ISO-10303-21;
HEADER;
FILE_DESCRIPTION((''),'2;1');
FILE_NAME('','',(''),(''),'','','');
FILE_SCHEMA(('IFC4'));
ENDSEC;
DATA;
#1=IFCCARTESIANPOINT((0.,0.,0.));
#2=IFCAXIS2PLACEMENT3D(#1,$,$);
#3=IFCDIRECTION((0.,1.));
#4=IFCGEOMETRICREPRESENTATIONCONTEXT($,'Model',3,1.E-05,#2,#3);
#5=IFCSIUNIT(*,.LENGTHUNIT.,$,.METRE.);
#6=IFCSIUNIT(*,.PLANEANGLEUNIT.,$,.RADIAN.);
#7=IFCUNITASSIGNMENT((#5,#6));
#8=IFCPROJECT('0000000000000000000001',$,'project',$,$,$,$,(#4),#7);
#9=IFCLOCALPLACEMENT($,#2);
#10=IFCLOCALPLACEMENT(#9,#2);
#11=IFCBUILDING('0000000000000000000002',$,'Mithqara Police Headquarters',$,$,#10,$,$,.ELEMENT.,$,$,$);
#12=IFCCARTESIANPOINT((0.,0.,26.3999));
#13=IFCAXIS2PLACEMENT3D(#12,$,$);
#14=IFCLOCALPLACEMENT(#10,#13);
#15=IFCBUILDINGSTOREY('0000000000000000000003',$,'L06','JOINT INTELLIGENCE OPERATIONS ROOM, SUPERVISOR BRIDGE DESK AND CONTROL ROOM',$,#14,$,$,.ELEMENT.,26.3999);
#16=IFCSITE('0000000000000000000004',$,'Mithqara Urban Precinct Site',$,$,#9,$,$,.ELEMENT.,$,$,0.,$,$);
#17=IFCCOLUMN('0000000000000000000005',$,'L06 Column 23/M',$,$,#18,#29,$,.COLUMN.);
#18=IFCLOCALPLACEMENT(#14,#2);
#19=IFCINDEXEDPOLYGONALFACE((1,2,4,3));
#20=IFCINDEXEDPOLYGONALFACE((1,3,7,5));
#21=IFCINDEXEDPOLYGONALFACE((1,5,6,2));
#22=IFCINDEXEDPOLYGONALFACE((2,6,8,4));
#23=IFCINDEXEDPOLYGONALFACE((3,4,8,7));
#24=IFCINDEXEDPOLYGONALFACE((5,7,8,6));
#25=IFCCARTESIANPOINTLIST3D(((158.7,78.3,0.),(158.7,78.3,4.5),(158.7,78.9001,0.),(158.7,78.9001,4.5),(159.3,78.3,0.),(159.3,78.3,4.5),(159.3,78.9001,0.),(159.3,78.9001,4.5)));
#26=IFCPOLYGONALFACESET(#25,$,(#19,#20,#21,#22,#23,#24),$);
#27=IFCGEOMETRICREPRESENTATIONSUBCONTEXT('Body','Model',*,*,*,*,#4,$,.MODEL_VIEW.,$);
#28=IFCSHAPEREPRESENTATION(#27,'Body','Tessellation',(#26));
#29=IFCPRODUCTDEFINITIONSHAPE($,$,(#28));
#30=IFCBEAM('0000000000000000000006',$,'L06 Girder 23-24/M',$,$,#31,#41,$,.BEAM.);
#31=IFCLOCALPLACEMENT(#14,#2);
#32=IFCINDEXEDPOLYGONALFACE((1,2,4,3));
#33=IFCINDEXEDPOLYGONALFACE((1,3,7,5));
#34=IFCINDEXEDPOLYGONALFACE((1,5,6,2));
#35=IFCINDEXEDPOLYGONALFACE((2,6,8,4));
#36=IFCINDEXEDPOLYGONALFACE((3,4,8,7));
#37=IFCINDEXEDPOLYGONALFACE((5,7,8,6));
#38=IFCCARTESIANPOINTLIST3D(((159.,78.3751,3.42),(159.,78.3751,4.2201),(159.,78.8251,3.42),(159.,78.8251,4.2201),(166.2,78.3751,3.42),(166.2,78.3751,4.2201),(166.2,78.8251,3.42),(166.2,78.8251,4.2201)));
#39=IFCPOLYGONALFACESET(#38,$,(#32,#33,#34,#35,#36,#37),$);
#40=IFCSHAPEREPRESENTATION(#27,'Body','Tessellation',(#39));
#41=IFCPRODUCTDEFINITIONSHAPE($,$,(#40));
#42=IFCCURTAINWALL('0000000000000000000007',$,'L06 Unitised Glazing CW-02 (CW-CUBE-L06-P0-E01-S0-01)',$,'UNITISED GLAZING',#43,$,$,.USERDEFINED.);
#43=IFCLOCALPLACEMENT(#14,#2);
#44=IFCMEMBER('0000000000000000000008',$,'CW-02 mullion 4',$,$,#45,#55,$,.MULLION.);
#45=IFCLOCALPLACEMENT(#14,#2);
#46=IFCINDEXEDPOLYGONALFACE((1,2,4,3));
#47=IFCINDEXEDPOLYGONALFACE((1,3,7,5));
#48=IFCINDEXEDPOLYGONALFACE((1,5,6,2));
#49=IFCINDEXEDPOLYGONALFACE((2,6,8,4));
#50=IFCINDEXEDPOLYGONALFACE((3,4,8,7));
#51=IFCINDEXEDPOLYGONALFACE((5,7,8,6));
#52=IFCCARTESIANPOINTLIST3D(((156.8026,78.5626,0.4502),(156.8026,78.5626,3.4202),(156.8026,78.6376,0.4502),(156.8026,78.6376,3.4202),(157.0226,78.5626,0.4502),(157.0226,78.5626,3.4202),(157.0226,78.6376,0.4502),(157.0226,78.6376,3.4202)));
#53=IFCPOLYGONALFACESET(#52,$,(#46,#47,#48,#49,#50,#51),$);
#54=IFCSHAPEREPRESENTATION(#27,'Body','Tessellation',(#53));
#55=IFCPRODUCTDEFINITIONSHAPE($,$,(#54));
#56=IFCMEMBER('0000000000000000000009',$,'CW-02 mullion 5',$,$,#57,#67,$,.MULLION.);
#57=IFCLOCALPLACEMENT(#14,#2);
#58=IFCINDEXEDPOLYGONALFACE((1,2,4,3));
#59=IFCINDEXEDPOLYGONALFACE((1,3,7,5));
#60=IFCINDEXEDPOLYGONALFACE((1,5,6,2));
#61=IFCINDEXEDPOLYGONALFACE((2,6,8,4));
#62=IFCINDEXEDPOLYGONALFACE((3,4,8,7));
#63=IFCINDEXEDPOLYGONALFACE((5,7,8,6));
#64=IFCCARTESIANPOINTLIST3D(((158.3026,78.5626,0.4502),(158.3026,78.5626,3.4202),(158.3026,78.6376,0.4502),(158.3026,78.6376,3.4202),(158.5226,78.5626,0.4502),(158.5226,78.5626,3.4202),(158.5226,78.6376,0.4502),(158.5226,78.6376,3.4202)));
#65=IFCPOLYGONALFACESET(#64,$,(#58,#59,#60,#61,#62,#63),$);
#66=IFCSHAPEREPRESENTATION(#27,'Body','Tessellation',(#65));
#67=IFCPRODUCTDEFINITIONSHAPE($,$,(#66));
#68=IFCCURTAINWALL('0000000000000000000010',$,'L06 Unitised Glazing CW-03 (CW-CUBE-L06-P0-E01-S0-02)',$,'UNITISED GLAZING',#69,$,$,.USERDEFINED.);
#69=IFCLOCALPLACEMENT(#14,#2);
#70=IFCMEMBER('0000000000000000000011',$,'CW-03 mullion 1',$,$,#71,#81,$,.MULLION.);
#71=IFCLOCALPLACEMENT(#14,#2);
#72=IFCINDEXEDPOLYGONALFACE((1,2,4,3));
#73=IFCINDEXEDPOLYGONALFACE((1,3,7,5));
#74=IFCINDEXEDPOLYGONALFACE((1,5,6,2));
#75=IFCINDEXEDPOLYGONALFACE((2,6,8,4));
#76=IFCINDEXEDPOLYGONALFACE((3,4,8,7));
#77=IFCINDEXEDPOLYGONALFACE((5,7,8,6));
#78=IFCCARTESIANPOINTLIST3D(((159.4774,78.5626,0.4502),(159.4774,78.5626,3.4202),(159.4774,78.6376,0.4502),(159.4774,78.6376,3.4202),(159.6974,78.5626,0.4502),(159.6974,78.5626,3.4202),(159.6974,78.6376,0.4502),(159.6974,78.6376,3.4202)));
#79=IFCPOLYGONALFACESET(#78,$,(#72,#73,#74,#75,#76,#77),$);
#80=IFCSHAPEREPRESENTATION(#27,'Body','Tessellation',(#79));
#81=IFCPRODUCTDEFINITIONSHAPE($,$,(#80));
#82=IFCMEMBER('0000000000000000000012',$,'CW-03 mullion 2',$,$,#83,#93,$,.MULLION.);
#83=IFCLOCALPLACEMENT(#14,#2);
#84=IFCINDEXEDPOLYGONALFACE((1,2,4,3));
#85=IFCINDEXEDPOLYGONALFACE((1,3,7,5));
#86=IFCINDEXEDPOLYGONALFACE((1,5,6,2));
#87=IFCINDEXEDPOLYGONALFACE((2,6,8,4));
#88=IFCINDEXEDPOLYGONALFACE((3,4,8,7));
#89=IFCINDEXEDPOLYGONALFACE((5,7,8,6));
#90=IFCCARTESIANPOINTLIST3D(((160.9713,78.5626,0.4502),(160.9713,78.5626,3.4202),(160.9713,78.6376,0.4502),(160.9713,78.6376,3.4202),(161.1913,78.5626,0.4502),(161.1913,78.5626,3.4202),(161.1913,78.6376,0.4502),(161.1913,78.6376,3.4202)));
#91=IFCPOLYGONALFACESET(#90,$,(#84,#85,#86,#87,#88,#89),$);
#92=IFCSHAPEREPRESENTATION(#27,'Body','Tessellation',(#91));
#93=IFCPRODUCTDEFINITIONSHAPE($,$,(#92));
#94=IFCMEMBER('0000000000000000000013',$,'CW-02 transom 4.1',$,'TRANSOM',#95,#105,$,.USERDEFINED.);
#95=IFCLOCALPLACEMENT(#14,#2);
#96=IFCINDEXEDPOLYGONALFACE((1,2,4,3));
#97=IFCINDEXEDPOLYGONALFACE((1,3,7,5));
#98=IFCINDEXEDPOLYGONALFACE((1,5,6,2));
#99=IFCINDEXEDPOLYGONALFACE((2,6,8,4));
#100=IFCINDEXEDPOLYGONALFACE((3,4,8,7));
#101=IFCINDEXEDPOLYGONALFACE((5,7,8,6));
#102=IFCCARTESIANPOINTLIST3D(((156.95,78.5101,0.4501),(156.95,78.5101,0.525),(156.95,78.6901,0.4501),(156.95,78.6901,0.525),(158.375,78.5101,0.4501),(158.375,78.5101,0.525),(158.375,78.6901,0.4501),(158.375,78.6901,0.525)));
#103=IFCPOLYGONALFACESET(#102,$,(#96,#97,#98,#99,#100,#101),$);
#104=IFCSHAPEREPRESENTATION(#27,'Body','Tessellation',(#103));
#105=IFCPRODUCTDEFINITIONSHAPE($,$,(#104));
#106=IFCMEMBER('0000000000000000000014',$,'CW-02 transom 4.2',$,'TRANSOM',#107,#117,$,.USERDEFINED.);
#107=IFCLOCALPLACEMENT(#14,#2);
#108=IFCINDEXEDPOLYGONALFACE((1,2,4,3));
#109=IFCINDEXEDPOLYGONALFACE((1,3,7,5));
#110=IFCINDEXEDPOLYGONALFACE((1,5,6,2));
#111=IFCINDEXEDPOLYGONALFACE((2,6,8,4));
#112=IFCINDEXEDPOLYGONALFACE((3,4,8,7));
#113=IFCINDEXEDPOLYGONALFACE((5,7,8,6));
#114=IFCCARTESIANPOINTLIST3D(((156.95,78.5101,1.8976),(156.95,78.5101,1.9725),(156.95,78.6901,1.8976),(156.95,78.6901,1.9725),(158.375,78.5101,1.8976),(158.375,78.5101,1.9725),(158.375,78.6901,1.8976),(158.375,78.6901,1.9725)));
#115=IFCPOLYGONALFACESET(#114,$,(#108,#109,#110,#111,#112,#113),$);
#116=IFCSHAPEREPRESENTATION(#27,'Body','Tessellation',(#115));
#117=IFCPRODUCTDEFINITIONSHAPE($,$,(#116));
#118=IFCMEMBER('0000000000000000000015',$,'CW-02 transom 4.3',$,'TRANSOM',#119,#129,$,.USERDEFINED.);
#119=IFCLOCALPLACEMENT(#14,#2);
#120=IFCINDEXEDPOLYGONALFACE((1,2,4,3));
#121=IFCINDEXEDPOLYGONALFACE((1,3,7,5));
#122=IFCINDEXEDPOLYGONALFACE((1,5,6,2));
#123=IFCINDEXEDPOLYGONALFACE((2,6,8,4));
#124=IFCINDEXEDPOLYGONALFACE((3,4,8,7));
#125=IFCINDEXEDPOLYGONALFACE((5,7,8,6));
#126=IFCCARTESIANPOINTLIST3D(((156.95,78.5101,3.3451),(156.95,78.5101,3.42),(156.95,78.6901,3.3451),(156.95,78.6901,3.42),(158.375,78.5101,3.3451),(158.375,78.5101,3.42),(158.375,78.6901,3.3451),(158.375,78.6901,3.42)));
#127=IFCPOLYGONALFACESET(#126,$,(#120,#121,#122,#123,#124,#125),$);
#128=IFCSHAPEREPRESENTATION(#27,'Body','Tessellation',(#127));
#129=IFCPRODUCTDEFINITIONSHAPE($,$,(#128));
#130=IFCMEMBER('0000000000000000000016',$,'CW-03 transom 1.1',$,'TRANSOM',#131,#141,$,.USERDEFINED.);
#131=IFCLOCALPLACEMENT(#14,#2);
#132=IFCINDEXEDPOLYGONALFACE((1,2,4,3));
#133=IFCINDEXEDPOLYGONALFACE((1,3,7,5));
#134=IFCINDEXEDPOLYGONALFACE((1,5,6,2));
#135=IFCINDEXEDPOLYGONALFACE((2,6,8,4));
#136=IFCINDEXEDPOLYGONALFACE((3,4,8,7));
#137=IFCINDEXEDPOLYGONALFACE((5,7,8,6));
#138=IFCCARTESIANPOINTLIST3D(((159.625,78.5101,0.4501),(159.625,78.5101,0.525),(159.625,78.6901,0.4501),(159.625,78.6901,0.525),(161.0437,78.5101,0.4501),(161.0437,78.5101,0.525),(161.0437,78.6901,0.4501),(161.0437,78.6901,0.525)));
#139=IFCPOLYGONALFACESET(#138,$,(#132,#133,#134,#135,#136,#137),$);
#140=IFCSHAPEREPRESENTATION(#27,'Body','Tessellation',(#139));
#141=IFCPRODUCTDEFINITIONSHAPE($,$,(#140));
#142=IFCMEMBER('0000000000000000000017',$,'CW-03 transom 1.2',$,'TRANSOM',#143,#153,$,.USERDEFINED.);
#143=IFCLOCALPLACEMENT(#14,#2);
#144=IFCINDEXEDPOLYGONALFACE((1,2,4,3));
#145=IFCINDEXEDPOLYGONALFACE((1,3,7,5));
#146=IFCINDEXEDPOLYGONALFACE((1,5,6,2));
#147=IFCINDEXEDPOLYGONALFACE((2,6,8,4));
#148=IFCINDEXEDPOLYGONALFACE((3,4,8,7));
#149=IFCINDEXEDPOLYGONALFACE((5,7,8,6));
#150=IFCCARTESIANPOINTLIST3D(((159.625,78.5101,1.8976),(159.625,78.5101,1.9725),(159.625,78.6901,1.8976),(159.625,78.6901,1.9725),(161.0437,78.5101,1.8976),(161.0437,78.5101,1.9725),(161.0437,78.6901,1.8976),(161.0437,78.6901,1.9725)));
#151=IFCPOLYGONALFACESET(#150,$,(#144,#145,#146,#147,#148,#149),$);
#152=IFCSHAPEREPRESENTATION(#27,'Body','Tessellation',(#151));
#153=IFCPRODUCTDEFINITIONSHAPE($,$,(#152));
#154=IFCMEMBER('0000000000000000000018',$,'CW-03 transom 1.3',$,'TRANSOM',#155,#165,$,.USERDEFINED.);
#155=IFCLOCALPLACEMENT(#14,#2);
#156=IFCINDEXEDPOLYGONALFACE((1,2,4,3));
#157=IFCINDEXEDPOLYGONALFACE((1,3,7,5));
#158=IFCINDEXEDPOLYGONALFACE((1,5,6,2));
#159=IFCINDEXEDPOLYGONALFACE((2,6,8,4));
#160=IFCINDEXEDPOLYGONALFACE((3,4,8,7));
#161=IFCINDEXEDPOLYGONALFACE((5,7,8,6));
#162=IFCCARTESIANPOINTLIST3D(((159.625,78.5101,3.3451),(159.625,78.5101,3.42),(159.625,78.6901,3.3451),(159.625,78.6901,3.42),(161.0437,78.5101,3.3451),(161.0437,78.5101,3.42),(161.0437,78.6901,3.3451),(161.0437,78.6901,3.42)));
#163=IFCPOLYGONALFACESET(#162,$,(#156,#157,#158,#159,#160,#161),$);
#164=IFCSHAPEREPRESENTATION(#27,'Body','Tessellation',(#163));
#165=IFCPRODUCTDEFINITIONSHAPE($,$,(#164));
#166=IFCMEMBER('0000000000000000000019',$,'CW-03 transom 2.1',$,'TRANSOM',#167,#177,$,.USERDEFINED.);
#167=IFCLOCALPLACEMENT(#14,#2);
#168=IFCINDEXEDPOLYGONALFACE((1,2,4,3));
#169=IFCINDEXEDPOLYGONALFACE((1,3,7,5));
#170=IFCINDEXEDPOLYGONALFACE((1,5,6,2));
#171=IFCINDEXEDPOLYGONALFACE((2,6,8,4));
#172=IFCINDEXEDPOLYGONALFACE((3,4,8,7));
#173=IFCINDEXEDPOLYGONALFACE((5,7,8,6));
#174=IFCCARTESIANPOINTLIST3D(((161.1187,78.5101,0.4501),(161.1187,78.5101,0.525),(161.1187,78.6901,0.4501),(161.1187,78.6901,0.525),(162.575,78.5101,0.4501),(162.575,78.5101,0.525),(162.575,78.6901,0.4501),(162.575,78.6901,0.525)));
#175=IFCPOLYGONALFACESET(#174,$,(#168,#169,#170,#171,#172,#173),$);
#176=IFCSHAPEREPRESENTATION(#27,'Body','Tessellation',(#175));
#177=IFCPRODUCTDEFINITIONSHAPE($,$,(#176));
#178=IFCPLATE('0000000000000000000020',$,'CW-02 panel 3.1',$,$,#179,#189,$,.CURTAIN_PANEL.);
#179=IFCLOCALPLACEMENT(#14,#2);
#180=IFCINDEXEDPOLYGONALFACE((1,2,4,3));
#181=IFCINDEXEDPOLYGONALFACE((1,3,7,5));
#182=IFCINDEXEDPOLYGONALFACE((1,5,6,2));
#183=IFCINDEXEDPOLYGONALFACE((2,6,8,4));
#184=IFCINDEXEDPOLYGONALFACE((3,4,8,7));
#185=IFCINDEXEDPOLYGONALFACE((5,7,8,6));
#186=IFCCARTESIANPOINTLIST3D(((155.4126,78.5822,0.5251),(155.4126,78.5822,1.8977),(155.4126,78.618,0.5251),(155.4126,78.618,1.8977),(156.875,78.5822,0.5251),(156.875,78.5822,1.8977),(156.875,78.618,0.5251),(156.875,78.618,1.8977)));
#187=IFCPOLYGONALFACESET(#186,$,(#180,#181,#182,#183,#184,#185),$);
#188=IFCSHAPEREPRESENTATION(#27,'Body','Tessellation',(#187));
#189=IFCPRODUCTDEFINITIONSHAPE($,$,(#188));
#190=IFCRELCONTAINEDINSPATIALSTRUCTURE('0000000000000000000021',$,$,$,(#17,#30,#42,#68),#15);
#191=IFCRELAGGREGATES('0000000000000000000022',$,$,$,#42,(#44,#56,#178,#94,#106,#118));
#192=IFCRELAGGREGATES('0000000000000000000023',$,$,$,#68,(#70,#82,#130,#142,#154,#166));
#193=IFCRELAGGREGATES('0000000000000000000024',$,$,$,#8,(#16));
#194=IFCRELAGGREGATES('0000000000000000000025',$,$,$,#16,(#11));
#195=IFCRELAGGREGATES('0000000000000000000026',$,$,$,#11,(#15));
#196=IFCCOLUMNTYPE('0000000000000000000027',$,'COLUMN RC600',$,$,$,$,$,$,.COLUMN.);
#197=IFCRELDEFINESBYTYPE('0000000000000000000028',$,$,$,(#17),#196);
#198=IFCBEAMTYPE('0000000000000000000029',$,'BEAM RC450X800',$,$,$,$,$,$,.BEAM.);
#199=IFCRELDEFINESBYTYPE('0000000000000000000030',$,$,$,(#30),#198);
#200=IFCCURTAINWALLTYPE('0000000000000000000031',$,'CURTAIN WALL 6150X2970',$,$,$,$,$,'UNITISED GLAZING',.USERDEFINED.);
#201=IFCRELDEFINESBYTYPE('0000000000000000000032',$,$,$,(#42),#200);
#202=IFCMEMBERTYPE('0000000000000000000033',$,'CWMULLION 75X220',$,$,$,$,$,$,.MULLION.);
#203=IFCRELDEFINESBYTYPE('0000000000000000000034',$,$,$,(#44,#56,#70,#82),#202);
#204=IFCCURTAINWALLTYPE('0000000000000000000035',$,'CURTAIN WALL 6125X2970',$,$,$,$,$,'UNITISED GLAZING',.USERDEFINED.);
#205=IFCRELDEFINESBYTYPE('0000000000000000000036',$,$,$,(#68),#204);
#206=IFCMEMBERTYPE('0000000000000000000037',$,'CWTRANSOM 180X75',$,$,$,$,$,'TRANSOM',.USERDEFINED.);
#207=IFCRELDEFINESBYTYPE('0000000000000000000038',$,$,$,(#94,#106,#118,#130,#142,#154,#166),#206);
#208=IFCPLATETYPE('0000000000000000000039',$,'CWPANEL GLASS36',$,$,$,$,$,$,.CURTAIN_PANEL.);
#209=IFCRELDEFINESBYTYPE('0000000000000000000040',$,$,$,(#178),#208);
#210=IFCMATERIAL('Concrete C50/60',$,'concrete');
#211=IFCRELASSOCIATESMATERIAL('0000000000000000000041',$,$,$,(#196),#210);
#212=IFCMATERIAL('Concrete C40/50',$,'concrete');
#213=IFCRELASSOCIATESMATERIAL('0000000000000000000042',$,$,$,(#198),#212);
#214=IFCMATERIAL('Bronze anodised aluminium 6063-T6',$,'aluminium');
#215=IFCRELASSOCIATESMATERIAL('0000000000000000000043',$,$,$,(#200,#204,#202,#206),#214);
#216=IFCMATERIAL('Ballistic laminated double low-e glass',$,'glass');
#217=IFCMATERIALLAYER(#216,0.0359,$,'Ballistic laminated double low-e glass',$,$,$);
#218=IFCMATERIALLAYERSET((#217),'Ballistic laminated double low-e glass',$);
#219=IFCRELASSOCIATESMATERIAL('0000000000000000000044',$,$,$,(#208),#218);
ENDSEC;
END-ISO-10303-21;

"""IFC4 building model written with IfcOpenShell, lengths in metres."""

from ifc_helpers import new_model, si_unit, direction, frame, origin, origin_2d, place, context, subcontext, project, spatial, rectangle, extrude, material, layer, layer_set, material_profile, profile_set, type_object, element, aggregate, save


model = new_model("IFC4")

# Units and contexts
model_context = context("Model", 3, precision=1e-05, world=origin(), true_north=direction((0.0, 1.0)))
body_context = subcontext(model_context, "Body", "Model", "MODEL_VIEW")
ifc_project = project(units=[si_unit("LENGTHUNIT", "METRE"), si_unit("PLANEANGLEUNIT", "RADIAN")], contexts=[model_context])

# Site, building, storey
site_placement = place(None, origin())
site = spatial("IfcSite", under=ifc_project, at=site_placement, Name="Mithqara Urban Precinct Site", CompositionType="ELEMENT", RefElevation=0.0)
building_placement = place(site_placement, origin())
building = spatial("IfcBuilding", under=site, at=building_placement, Name="Mithqara Police Headquarters", CompositionType="ELEMENT")
storey_placement = place(building_placement, frame((0.0, 0.0, 26.3999)))
storey = spatial("IfcBuildingStorey", under=building, at=storey_placement, Name="L06", Description="JOINT INTELLIGENCE OPERATIONS ROOM, SUPERVISOR BRIDGE DESK AND CONTROL ROOM", CompositionType="ELEMENT", Elevation=26.3999)

# Column
ifc_material_1 = material(Name="Concrete C50/60", Category="concrete")
ifc_material_profile_1 = material_profile(ifc_material_1, rectangle(XDim=0.6001, YDim=0.6001, at=origin_2d()), Name="RC 600x600")
ifc_profile_set_1 = profile_set([ifc_material_profile_1], Name="Concrete C50/60")
column_type = type_object("IfcColumnType", Name="COLUMN RC600", PredefinedType="COLUMN", material=ifc_profile_set_1)
column_placement = place(storey_placement, frame((159.0, 78.6001, 0.0), z_axis=(0.0, 0.0, 1.0), x_axis=(1.0, 0.0, 0.0)))
element("IfcColumn", 1, at=column_placement, inside=storey, type_object=column_type, Name="L06 Column 23/M", PredefinedType="COLUMN", context=body_context, shape_type="SweptSolid", body=[
    extrude(rectangle(XDim=0.6001, YDim=0.6001, at=origin_2d()), origin(), (0.0, 0.0, 1.0), 4.5),
])

# Beam
ifc_material_2 = material(Name="Concrete C40/50", Category="concrete")
ifc_material_profile_2 = material_profile(ifc_material_2, rectangle(XDim=0.45, YDim=0.8, at=origin_2d()), Name="RC 450x800")
ifc_profile_set_2 = profile_set([ifc_material_profile_2], Name="Concrete C40/50")
beam_type = type_object("IfcBeamType", Name="BEAM RC450X800", PredefinedType="BEAM", material=ifc_profile_set_2)
beam_placement = place(storey_placement, frame((159.0, 78.6001, 3.8201), z_axis=(1.0, 0.0, 0.0), x_axis=(0.0, 1.0, 0.0)))
element("IfcBeam", 2, at=beam_placement, inside=storey, type_object=beam_type, Name="L06 Girder 23-24/M", PredefinedType="BEAM", context=body_context, shape_type="SweptSolid", body=[
    extrude(rectangle(XDim=0.45, YDim=0.8, at=origin_2d()), origin(), (0.0, 0.0, 1.0), 7.2),
])

# Curtain walls, members
ifc_material_3 = material(Name="Bronze anodised aluminium 6063-T6", Category="aluminium")
curtain_wall_type_1 = type_object("IfcCurtainWallType", Name="CURTAIN WALL 6150X2970", ElementType="UNITISED GLAZING", PredefinedType="USERDEFINED", material=ifc_material_3)
curtain_wall_1_placement = place(storey_placement, origin())
curtain_wall_1 = element("IfcCurtainWall", 3, at=curtain_wall_1_placement, inside=storey, type_object=curtain_wall_type_1, Name="L06 Unitised Glazing CW-02 (CW-CUBE-L06-P0-E01-S0-01)", ObjectType="UNITISED GLAZING", PredefinedType="USERDEFINED")
ifc_material_profile_3 = material_profile(ifc_material_3, rectangle(XDim=0.075, YDim=0.22, at=origin_2d()), Name="CWM 75x220")
ifc_profile_set_3 = profile_set([ifc_material_profile_3], Name="Bronze anodised aluminium 6063-T6")
member_type_1 = type_object("IfcMemberType", Name="CWMULLION 75X220", PredefinedType="MULLION", material=ifc_profile_set_3)
member_1_placement = place(storey_placement, frame((156.9126, 78.6001, 0.4502), z_axis=(0.0, 0.0, 1.0), x_axis=(0.0, 1.0, 0.0)))
member_1 = element("IfcMember", 4, at=member_1_placement, type_object=member_type_1, Name="CW-02 mullion 4", PredefinedType="MULLION", context=body_context, shape_type="SweptSolid", body=[
    extrude(rectangle(XDim=0.075, YDim=0.22, at=origin_2d()), origin(), (0.0, 0.0, 1.0), 2.97),
])
member_2_placement = place(storey_placement, frame((158.4126, 78.6001, 0.4502), z_axis=(0.0, 0.0, 1.0), x_axis=(0.0, 1.0, 0.0)))
member_2 = element("IfcMember", 5, at=member_2_placement, type_object=member_type_1, Name="CW-02 mullion 5", PredefinedType="MULLION", context=body_context, shape_type="SweptSolid", body=[
    extrude(rectangle(XDim=0.075, YDim=0.22, at=origin_2d()), origin(), (0.0, 0.0, 1.0), 2.97),
])
curtain_wall_type_2 = type_object("IfcCurtainWallType", Name="CURTAIN WALL 6125X2970", ElementType="UNITISED GLAZING", PredefinedType="USERDEFINED", material=ifc_material_3)
curtain_wall_2_placement = place(storey_placement, origin())
curtain_wall_2 = element("IfcCurtainWall", 6, at=curtain_wall_2_placement, inside=storey, type_object=curtain_wall_type_2, Name="L06 Unitised Glazing CW-03 (CW-CUBE-L06-P0-E01-S0-02)", ObjectType="UNITISED GLAZING", PredefinedType="USERDEFINED")
member_3_placement = place(storey_placement, frame((159.5874, 78.6001, 0.4502), z_axis=(0.0, 0.0, 1.0), x_axis=(0.0, 1.0, 0.0)))
member_3 = element("IfcMember", 7, at=member_3_placement, type_object=member_type_1, Name="CW-03 mullion 1", PredefinedType="MULLION", context=body_context, shape_type="SweptSolid", body=[
    extrude(rectangle(XDim=0.075, YDim=0.22, at=origin_2d()), origin(), (0.0, 0.0, 1.0), 2.97),
])
member_4_placement = place(storey_placement, frame((161.0813, 78.6001, 0.4502), z_axis=(0.0, 0.0, 1.0), x_axis=(0.0, 1.0, 0.0)))
member_4 = element("IfcMember", 8, at=member_4_placement, type_object=member_type_1, Name="CW-03 mullion 2", PredefinedType="MULLION", context=body_context, shape_type="SweptSolid", body=[
    extrude(rectangle(XDim=0.075, YDim=0.22, at=origin_2d()), origin(), (0.0, 0.0, 1.0), 2.97),
])

# Members
ifc_material_profile_4 = material_profile(ifc_material_3, rectangle(XDim=0.1799, YDim=0.075, at=origin_2d()), Name="CWT 180x75")
ifc_profile_set_4 = profile_set([ifc_material_profile_4], Name="Bronze anodised aluminium 6063-T6")
member_type_2 = type_object("IfcMemberType", Name="CWTRANSOM 180X75", ElementType="TRANSOM", PredefinedType="USERDEFINED", material=ifc_profile_set_4)
member_5_placement = place(storey_placement, frame((156.95, 78.6001, 0.4875), z_axis=(1.0, 0.0, 0.0), x_axis=(0.0, 1.0, 0.0)))
member_5 = element("IfcMember", 9, at=member_5_placement, type_object=member_type_2, Name="CW-02 transom 4.1", ObjectType="TRANSOM", PredefinedType="USERDEFINED", context=body_context, shape_type="SweptSolid", body=[
    extrude(rectangle(XDim=0.1799, YDim=0.075, at=origin_2d()), origin(), (0.0, 0.0, 1.0), 1.425),
])
member_6_placement = place(storey_placement, frame((156.95, 78.6001, 1.9351), z_axis=(1.0, 0.0, 0.0), x_axis=(0.0, 1.0, 0.0)))
member_6 = element("IfcMember", 10, at=member_6_placement, type_object=member_type_2, Name="CW-02 transom 4.2", ObjectType="TRANSOM", PredefinedType="USERDEFINED", context=body_context, shape_type="SweptSolid", body=[
    extrude(rectangle(XDim=0.1799, YDim=0.075, at=origin_2d()), origin(), (0.0, 0.0, 1.0), 1.425),
])
member_7_placement = place(storey_placement, frame((156.95, 78.6001, 3.3826), z_axis=(1.0, 0.0, 0.0), x_axis=(0.0, 1.0, 0.0)))
member_7 = element("IfcMember", 11, at=member_7_placement, type_object=member_type_2, Name="CW-02 transom 4.3", ObjectType="TRANSOM", PredefinedType="USERDEFINED", context=body_context, shape_type="SweptSolid", body=[
    extrude(rectangle(XDim=0.1799, YDim=0.075, at=origin_2d()), origin(), (0.0, 0.0, 1.0), 1.425),
])
member_8_placement = place(storey_placement, frame((159.625, 78.6001, 0.4875), z_axis=(1.0, 0.0, 0.0), x_axis=(0.0, 1.0, 0.0)))
member_8 = element("IfcMember", 12, at=member_8_placement, type_object=member_type_2, Name="CW-03 transom 1.1", ObjectType="TRANSOM", PredefinedType="USERDEFINED", context=body_context, shape_type="SweptSolid", body=[
    extrude(rectangle(XDim=0.1799, YDim=0.075, at=origin_2d()), origin(), (0.0, 0.0, 1.0), 1.4187),
])
member_9_placement = place(storey_placement, frame((159.625, 78.6001, 1.9351), z_axis=(1.0, 0.0, 0.0), x_axis=(0.0, 1.0, 0.0)))
member_9 = element("IfcMember", 13, at=member_9_placement, type_object=member_type_2, Name="CW-03 transom 1.2", ObjectType="TRANSOM", PredefinedType="USERDEFINED", context=body_context, shape_type="SweptSolid", body=[
    extrude(rectangle(XDim=0.1799, YDim=0.075, at=origin_2d()), origin(), (0.0, 0.0, 1.0), 1.4187),
])
member_10_placement = place(storey_placement, frame((159.625, 78.6001, 3.3826), z_axis=(1.0, 0.0, 0.0), x_axis=(0.0, 1.0, 0.0)))
member_10 = element("IfcMember", 14, at=member_10_placement, type_object=member_type_2, Name="CW-03 transom 1.3", ObjectType="TRANSOM", PredefinedType="USERDEFINED", context=body_context, shape_type="SweptSolid", body=[
    extrude(rectangle(XDim=0.1799, YDim=0.075, at=origin_2d()), origin(), (0.0, 0.0, 1.0), 1.4187),
])
member_11_placement = place(storey_placement, frame((161.1187, 78.6001, 0.4875), z_axis=(1.0, 0.0, 0.0), x_axis=(0.0, 1.0, 0.0)))
member_11 = element("IfcMember", 15, at=member_11_placement, type_object=member_type_2, Name="CW-03 transom 2.1", ObjectType="TRANSOM", PredefinedType="USERDEFINED", context=body_context, shape_type="SweptSolid", body=[
    extrude(rectangle(XDim=0.1799, YDim=0.075, at=origin_2d()), origin(), (0.0, 0.0, 1.0), 1.4563),
])

# Plate
ifc_material_4 = material(Name="Ballistic laminated double low-e glass", Category="glass")
ifc_layer = layer(ifc_material_4, 0.0359, Name="Ballistic laminated double low-e glass")
ifc_layer_set = layer_set([ifc_layer], Name="Ballistic laminated double low-e glass")
plate_type = type_object("IfcPlateType", Name="CWPANEL GLASS36", PredefinedType="CURTAIN_PANEL", material=ifc_layer_set)
plate_1_placement = place(storey_placement, frame((156.1438, 78.6001, 0.5251), z_axis=(0.0, 0.0, 1.0), x_axis=(1.0, 0.0, 0.0)))
plate_1 = element("IfcPlate", 16, at=plate_1_placement, type_object=plate_type, Name="CW-02 panel 3.1", PredefinedType="CURTAIN_PANEL", context=body_context, shape_type="SweptSolid", body=[
    extrude(rectangle(XDim=1.4624, YDim=0.0359, at=origin_2d()), origin(), (0.0, 0.0, 1.0), 1.3726),
])
aggregate(curtain_wall_1, [member_1, member_2, plate_1, member_5, member_6, member_7])
aggregate(curtain_wall_2, [member_3, member_4, member_8, member_9, member_10, member_11])

save(model, "model.ifc")
